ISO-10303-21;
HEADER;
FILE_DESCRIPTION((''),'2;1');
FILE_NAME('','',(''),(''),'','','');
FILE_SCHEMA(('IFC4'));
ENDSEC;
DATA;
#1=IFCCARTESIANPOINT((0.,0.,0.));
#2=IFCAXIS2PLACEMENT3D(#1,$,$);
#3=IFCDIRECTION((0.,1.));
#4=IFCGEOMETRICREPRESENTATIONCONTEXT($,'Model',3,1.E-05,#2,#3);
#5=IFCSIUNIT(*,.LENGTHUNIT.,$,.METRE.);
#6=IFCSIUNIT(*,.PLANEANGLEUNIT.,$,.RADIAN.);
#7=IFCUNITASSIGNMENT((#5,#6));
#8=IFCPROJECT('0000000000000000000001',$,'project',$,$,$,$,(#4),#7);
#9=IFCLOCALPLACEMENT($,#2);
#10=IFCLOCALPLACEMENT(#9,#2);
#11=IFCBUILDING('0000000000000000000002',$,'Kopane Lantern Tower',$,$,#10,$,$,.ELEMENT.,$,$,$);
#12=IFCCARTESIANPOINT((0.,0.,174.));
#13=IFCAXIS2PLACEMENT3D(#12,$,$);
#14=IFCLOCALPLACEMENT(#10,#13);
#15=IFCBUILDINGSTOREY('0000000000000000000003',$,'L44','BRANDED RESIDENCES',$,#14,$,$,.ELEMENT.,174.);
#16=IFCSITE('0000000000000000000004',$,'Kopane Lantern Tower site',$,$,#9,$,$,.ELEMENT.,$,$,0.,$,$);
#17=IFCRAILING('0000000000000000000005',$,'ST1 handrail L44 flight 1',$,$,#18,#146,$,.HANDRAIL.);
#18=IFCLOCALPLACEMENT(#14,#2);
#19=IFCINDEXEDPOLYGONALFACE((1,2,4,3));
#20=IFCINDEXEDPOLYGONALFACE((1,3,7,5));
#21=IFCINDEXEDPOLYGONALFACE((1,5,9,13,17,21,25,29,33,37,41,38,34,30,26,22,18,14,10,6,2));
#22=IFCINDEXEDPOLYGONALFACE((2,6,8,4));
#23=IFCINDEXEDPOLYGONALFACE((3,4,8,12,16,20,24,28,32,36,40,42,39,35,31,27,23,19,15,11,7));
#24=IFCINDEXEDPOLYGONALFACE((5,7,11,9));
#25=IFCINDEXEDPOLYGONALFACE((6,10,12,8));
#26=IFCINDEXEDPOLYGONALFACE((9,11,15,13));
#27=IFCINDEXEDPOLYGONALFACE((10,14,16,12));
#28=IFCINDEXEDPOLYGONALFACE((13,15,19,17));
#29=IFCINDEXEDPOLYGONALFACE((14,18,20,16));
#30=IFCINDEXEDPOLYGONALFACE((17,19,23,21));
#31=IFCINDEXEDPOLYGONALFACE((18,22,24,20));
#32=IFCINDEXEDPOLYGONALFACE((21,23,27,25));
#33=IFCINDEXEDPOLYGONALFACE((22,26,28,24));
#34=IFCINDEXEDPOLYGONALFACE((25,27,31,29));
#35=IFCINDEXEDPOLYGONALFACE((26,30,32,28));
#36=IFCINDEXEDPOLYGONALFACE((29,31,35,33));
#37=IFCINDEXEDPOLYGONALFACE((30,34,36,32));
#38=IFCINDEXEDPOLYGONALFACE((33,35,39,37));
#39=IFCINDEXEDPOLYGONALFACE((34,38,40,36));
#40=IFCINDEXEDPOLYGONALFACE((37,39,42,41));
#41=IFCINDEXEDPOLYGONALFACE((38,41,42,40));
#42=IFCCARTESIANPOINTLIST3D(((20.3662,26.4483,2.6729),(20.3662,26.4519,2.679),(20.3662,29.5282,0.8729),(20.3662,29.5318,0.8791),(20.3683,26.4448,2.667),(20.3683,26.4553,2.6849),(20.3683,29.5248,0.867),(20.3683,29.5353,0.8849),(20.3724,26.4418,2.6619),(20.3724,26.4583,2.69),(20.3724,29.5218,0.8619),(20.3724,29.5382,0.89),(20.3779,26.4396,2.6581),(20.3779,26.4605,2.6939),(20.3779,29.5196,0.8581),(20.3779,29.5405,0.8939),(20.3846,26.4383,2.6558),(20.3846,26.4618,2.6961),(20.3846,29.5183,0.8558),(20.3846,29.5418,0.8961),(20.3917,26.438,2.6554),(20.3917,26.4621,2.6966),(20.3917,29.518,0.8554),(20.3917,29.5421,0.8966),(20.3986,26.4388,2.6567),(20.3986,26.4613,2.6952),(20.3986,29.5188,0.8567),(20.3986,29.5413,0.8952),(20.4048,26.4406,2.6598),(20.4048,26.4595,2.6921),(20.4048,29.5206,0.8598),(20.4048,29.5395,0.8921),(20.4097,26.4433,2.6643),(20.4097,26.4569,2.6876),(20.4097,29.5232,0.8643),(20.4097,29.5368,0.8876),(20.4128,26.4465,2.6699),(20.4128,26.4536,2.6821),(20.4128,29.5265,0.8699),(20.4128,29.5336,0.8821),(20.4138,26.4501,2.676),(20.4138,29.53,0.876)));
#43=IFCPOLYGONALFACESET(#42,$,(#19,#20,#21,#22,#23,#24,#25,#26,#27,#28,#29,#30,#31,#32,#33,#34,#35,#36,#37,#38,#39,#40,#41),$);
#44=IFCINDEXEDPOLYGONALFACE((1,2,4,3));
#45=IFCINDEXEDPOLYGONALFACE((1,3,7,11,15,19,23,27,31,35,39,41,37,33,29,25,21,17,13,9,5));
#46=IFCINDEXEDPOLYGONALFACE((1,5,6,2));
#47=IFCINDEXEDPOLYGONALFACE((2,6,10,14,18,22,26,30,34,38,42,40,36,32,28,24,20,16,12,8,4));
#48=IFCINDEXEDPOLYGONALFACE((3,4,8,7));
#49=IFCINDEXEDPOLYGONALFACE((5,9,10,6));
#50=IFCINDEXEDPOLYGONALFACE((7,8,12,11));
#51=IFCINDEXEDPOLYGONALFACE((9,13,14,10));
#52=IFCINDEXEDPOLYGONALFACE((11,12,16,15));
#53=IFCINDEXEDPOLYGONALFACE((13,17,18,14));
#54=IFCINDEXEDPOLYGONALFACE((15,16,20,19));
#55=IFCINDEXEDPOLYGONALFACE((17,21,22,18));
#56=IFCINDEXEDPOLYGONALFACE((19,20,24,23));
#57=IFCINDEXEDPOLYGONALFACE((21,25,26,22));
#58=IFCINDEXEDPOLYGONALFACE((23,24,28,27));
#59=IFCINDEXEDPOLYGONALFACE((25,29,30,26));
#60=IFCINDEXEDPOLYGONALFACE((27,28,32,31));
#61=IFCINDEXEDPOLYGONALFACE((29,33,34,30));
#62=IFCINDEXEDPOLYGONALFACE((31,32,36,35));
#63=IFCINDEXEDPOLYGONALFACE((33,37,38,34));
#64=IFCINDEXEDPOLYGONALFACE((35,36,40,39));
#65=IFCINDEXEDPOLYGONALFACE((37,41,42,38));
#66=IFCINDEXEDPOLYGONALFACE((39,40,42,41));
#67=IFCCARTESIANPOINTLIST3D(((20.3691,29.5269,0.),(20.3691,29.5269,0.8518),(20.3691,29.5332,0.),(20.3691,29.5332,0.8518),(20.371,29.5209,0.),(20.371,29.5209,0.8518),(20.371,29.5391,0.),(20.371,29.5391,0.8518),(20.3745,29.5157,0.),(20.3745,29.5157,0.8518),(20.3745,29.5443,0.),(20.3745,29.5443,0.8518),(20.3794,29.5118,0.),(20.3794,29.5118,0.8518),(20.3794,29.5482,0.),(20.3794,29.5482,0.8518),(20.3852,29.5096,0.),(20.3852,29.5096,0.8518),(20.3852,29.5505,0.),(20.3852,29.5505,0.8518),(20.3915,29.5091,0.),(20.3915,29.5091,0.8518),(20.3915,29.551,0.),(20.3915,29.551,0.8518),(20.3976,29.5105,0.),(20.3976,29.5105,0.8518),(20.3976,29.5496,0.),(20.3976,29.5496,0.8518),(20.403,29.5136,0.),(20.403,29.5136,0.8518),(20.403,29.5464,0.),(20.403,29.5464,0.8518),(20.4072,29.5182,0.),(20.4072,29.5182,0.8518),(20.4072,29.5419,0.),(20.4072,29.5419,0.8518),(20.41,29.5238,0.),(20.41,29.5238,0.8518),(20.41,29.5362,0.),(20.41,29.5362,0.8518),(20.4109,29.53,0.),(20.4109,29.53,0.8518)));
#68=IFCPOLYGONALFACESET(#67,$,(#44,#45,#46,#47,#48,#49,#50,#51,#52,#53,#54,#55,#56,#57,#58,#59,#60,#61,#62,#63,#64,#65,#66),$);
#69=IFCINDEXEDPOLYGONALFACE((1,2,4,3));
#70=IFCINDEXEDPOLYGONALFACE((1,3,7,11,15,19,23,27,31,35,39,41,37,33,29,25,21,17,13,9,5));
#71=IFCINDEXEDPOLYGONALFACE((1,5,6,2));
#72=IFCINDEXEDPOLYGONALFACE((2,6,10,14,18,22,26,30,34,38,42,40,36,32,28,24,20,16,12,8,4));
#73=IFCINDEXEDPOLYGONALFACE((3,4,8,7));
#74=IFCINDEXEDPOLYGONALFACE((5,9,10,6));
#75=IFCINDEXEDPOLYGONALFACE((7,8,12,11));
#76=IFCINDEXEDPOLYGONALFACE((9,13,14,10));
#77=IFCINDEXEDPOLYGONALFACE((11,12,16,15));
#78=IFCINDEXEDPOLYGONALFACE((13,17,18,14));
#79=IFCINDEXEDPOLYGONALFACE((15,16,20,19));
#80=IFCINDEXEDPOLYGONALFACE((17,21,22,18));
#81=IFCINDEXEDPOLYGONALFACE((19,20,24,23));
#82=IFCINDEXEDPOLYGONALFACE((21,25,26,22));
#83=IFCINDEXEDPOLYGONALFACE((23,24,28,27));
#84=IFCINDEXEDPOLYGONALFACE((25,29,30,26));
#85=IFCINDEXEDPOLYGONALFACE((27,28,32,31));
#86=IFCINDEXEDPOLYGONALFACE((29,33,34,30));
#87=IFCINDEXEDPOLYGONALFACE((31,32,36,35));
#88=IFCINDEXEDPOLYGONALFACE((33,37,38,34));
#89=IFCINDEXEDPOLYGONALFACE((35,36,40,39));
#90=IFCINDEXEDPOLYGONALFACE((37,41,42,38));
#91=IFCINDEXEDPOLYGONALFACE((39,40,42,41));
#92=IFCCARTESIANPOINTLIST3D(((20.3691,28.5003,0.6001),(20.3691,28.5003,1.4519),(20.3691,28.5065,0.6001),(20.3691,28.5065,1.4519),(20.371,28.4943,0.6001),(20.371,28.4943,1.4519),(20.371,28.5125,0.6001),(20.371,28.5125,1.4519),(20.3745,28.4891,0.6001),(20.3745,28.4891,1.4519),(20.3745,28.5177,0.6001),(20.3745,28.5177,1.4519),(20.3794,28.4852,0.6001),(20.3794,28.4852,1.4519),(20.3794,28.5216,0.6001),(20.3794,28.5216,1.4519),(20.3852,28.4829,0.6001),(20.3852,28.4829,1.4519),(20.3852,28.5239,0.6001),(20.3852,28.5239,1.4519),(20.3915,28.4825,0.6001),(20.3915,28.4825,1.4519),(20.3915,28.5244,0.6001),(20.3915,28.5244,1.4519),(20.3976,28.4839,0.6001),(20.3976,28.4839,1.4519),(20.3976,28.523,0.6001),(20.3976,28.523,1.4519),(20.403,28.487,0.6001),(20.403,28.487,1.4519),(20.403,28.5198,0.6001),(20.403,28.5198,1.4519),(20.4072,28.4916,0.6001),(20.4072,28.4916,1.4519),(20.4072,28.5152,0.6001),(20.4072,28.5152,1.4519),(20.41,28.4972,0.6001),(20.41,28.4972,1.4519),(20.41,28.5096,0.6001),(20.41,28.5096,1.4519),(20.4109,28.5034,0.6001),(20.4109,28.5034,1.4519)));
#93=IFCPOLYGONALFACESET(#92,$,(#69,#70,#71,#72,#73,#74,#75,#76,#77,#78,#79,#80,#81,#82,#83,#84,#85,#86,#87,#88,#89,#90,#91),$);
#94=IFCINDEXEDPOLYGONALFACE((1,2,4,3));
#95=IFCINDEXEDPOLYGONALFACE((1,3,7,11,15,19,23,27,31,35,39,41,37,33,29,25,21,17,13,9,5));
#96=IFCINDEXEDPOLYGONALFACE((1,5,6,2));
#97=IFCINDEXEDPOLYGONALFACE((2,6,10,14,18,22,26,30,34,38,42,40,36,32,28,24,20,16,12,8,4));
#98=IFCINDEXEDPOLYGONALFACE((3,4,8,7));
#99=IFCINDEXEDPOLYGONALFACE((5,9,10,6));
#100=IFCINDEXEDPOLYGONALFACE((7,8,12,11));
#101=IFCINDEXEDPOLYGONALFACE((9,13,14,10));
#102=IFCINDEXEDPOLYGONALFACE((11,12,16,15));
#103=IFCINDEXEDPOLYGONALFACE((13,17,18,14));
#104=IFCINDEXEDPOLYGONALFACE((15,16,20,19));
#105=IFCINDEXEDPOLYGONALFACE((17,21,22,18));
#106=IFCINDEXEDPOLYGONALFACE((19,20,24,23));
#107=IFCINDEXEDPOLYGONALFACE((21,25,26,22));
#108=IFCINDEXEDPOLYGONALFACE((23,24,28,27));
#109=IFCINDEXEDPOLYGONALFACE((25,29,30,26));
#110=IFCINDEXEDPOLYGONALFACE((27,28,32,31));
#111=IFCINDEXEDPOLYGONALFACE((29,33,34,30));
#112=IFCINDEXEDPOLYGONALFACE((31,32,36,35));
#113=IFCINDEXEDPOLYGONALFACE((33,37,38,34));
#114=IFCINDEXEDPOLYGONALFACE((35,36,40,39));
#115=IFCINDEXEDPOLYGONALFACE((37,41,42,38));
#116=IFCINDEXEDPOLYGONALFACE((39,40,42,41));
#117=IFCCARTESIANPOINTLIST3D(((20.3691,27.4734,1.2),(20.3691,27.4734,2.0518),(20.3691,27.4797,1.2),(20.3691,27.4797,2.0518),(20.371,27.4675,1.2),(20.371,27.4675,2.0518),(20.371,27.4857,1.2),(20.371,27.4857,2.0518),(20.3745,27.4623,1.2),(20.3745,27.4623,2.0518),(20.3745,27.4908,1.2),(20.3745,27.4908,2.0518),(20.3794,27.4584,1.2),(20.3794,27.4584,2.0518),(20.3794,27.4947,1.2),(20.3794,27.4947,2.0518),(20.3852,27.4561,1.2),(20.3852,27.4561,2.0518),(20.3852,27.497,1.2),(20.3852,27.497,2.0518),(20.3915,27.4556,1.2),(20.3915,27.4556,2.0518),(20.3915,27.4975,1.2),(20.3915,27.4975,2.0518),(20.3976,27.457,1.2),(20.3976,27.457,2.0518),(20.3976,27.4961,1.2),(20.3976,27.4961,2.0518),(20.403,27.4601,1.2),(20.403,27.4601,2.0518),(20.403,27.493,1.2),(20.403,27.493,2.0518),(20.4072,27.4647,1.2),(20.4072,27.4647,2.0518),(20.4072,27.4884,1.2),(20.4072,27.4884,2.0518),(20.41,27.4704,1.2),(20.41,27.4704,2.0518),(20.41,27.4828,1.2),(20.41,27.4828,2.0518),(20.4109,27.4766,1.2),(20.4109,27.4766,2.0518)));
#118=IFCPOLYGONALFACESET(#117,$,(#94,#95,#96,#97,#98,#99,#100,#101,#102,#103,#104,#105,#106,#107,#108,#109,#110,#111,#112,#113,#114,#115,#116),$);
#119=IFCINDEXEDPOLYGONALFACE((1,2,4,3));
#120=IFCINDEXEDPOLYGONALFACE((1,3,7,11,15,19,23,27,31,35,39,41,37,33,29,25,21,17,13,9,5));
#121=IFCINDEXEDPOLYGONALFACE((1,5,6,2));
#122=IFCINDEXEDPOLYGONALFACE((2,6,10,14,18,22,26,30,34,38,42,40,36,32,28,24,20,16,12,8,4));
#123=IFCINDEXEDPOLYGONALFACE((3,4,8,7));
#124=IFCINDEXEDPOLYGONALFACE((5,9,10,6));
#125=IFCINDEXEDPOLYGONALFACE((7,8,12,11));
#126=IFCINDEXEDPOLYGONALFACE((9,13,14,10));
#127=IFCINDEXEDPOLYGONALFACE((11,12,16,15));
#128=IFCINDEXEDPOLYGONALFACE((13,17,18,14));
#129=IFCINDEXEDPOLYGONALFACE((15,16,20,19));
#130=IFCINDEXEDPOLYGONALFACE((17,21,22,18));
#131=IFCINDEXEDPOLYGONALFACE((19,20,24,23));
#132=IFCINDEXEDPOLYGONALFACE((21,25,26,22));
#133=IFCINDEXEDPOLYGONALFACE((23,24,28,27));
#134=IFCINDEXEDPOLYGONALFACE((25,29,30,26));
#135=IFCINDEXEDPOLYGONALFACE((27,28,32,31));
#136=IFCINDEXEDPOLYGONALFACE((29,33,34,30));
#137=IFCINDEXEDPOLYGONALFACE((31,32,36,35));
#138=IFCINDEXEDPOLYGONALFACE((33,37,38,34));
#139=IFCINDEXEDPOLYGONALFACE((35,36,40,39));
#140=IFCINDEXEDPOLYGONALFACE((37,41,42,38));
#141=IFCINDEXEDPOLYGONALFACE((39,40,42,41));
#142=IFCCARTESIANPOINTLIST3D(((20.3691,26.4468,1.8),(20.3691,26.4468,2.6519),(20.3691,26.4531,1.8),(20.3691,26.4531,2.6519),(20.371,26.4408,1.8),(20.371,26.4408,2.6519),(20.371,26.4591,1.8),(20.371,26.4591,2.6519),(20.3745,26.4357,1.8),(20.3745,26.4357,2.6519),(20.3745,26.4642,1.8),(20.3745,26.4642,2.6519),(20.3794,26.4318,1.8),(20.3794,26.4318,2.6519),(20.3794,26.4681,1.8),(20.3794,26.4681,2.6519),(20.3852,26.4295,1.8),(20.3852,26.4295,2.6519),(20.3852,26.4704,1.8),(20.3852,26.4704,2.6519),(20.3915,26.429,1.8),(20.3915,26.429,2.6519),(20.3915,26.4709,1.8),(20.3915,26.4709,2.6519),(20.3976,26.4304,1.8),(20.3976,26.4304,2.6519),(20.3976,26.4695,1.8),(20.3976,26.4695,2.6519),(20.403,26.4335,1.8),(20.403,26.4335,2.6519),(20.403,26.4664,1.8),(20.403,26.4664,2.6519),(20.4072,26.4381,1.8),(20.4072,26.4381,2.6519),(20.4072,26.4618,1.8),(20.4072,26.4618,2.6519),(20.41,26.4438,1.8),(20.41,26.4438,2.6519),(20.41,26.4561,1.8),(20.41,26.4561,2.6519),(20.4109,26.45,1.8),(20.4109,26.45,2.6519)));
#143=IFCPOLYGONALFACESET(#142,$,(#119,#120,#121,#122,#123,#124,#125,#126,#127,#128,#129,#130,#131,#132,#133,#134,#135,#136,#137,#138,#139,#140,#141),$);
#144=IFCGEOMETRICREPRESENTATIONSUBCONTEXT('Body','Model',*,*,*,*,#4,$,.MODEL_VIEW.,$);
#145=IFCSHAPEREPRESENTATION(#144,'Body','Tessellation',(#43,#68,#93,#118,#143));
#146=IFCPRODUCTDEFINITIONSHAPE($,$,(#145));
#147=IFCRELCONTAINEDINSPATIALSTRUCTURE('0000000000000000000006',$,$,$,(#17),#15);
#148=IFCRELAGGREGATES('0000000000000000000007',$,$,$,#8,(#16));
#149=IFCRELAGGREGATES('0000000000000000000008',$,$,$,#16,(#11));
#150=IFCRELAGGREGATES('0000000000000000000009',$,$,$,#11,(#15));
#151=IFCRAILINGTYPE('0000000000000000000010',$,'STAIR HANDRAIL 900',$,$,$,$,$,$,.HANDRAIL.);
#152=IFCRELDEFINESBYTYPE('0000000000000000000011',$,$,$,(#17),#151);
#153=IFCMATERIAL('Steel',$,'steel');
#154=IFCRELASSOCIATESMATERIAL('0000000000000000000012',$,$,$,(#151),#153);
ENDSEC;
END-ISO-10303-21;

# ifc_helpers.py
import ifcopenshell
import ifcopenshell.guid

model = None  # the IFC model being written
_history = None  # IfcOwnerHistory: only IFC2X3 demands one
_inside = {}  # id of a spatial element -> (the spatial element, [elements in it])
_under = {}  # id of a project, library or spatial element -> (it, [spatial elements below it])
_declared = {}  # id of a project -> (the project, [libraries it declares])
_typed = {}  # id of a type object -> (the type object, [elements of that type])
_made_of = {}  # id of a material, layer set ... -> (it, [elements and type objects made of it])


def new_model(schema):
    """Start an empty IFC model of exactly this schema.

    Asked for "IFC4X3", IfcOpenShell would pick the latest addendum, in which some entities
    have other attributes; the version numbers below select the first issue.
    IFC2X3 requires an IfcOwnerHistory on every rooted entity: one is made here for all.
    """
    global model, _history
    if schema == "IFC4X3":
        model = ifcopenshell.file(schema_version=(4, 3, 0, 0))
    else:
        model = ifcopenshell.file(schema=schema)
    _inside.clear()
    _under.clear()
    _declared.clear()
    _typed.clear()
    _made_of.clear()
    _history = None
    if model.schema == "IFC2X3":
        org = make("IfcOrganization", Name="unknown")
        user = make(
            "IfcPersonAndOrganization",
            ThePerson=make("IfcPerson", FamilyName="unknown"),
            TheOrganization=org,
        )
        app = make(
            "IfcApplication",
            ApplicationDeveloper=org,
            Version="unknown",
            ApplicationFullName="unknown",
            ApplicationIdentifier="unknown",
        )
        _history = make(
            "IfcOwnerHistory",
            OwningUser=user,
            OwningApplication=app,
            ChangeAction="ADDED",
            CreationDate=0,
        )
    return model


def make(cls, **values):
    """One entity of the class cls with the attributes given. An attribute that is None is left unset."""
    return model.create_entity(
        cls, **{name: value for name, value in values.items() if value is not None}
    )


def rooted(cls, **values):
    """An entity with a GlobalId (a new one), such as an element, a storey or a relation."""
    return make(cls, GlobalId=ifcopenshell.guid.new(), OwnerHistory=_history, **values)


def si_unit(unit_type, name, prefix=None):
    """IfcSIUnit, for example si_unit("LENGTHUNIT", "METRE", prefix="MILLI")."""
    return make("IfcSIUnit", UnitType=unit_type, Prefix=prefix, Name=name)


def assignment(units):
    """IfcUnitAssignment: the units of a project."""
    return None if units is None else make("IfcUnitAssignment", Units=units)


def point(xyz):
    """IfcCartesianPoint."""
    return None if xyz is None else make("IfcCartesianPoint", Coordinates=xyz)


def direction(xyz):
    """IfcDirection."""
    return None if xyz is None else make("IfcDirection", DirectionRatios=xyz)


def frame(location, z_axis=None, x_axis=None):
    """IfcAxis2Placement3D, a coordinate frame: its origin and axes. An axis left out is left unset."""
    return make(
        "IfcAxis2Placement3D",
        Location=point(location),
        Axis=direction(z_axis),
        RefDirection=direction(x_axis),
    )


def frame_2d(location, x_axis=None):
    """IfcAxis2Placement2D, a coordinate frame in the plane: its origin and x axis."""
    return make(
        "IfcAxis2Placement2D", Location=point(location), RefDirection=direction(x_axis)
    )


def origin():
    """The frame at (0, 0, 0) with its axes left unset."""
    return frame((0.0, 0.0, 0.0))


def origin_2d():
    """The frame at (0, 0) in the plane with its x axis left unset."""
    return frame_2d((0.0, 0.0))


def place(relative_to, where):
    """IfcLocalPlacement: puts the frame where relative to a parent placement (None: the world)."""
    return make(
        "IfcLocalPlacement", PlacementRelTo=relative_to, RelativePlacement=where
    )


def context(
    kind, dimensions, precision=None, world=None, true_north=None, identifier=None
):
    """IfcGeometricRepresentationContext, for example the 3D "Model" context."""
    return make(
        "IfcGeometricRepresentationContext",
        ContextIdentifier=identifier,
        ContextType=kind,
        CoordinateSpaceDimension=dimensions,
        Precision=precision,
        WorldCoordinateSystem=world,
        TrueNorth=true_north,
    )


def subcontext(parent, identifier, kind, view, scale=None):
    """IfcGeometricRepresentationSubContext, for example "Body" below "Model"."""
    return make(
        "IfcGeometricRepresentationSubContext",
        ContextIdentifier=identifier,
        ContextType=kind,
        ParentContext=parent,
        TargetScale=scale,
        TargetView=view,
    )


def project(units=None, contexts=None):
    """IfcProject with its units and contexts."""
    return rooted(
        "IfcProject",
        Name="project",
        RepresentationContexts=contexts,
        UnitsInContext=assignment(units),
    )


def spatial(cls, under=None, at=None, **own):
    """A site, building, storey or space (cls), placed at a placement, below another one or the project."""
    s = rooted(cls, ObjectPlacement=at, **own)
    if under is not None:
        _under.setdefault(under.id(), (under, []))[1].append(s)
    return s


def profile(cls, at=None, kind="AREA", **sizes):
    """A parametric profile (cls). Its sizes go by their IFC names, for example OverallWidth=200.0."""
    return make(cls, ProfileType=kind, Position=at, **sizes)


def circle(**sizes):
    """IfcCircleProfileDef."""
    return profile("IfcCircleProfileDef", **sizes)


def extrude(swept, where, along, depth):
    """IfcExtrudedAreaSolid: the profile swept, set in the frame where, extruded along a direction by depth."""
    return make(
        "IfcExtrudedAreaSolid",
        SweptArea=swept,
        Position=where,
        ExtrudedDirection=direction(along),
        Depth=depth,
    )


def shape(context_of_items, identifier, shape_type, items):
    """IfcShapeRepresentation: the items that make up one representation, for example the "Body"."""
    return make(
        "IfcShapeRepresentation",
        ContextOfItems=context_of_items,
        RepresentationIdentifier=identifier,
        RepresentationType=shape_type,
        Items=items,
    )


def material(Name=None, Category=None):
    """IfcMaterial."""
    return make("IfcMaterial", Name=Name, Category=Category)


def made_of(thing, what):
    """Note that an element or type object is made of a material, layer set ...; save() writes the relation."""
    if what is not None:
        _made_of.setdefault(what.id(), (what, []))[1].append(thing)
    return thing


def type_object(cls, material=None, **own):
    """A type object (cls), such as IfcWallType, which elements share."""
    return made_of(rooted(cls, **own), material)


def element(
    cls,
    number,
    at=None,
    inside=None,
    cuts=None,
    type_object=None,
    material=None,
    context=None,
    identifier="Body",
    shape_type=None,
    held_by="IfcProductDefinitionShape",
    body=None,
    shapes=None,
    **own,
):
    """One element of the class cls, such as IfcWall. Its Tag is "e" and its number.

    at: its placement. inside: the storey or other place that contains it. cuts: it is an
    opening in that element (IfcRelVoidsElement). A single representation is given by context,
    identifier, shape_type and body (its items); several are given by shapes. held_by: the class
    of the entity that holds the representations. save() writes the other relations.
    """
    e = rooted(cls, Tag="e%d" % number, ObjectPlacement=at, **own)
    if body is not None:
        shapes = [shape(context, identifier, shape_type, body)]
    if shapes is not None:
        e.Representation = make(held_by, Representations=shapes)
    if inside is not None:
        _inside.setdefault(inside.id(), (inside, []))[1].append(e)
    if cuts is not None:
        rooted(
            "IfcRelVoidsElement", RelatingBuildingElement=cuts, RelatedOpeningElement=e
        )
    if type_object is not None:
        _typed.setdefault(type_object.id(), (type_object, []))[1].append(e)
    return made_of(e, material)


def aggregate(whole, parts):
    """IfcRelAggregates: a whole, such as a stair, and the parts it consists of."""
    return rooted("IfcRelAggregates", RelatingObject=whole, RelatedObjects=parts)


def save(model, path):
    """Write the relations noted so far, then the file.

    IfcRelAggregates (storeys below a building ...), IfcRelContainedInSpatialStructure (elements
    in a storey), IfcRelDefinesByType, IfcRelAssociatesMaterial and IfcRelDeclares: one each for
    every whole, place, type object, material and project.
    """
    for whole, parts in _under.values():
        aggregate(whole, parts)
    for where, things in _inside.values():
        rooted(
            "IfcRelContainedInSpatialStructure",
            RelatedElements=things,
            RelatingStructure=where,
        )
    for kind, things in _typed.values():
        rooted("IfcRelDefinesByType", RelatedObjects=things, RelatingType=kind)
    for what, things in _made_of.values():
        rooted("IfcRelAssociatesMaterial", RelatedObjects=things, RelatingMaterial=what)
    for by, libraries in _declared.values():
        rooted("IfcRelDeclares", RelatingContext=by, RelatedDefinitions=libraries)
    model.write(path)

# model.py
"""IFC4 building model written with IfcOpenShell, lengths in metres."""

from ifc_helpers import new_model, si_unit, direction, frame, origin, origin_2d, place, context, subcontext, project, spatial, circle, extrude, material, type_object, element, save


model = new_model("IFC4")

# Units and contexts
model_context = context("Model", 3, precision=1e-05, world=origin(), true_north=direction((0.0, 1.0)))
body_context = subcontext(model_context, "Body", "Model", "MODEL_VIEW")
ifc_project = project(units=[si_unit("LENGTHUNIT", "METRE"), si_unit("PLANEANGLEUNIT", "RADIAN")], contexts=[model_context])

# Site, building, storey
site_placement = place(None, origin())
site = spatial("IfcSite", under=ifc_project, at=site_placement, Name="Kopane Lantern Tower site", CompositionType="ELEMENT", RefElevation=0.0)
building_placement = place(site_placement, origin())
building = spatial("IfcBuilding", under=site, at=building_placement, Name="Kopane Lantern Tower", CompositionType="ELEMENT")
storey_placement = place(building_placement, frame((0.0, 0.0, 174.0)))
storey = spatial("IfcBuildingStorey", under=building, at=storey_placement, Name="L44", Description="BRANDED RESIDENCES", CompositionType="ELEMENT", Elevation=174.0)

# Railing
ifc_material_1 = material(Name="Steel", Category="steel")
railing_type_1 = type_object("IfcRailingType", Name="STAIR HANDRAIL 900", PredefinedType="HANDRAIL", material=ifc_material_1)
for number, where, name in (
    (1, (20.3899, 29.53, 0.0), "ST1 handrail L44 flight 1"),
):
    element("IfcRailing", number, at=place(storey_placement, frame(where)), inside=storey, type_object=railing_type_1, Name=name, PredefinedType="HANDRAIL", context=body_context, shape_type="SweptSolid", body=[
        extrude(circle(Radius=0.0239, at=origin_2d()), frame((0.0, 0.0, 0.876), z_axis=(0.0, -0.863372, 0.504569), x_axis=(1.0, 0.0, 0.0)), (0.0, 0.0, 1.0), 3.5674),
        extrude(circle(Radius=0.021, at=origin_2d()), origin(), (0.0, 0.0, 1.0), 0.8518),
        extrude(circle(Radius=0.021, at=origin_2d()), frame((0.0, -1.0266, 0.6001)), (0.0, 0.0, 1.0), 0.8518),
        extrude(circle(Radius=0.021, at=origin_2d()), frame((0.0, -2.0535, 1.2)), (0.0, 0.0, 1.0), 0.8518),
        extrude(circle(Radius=0.021, at=origin_2d()), frame((0.0, -3.0801, 1.8)), (0.0, 0.0, 1.0), 0.8518),
    ])

save(model, "model.ifc")
